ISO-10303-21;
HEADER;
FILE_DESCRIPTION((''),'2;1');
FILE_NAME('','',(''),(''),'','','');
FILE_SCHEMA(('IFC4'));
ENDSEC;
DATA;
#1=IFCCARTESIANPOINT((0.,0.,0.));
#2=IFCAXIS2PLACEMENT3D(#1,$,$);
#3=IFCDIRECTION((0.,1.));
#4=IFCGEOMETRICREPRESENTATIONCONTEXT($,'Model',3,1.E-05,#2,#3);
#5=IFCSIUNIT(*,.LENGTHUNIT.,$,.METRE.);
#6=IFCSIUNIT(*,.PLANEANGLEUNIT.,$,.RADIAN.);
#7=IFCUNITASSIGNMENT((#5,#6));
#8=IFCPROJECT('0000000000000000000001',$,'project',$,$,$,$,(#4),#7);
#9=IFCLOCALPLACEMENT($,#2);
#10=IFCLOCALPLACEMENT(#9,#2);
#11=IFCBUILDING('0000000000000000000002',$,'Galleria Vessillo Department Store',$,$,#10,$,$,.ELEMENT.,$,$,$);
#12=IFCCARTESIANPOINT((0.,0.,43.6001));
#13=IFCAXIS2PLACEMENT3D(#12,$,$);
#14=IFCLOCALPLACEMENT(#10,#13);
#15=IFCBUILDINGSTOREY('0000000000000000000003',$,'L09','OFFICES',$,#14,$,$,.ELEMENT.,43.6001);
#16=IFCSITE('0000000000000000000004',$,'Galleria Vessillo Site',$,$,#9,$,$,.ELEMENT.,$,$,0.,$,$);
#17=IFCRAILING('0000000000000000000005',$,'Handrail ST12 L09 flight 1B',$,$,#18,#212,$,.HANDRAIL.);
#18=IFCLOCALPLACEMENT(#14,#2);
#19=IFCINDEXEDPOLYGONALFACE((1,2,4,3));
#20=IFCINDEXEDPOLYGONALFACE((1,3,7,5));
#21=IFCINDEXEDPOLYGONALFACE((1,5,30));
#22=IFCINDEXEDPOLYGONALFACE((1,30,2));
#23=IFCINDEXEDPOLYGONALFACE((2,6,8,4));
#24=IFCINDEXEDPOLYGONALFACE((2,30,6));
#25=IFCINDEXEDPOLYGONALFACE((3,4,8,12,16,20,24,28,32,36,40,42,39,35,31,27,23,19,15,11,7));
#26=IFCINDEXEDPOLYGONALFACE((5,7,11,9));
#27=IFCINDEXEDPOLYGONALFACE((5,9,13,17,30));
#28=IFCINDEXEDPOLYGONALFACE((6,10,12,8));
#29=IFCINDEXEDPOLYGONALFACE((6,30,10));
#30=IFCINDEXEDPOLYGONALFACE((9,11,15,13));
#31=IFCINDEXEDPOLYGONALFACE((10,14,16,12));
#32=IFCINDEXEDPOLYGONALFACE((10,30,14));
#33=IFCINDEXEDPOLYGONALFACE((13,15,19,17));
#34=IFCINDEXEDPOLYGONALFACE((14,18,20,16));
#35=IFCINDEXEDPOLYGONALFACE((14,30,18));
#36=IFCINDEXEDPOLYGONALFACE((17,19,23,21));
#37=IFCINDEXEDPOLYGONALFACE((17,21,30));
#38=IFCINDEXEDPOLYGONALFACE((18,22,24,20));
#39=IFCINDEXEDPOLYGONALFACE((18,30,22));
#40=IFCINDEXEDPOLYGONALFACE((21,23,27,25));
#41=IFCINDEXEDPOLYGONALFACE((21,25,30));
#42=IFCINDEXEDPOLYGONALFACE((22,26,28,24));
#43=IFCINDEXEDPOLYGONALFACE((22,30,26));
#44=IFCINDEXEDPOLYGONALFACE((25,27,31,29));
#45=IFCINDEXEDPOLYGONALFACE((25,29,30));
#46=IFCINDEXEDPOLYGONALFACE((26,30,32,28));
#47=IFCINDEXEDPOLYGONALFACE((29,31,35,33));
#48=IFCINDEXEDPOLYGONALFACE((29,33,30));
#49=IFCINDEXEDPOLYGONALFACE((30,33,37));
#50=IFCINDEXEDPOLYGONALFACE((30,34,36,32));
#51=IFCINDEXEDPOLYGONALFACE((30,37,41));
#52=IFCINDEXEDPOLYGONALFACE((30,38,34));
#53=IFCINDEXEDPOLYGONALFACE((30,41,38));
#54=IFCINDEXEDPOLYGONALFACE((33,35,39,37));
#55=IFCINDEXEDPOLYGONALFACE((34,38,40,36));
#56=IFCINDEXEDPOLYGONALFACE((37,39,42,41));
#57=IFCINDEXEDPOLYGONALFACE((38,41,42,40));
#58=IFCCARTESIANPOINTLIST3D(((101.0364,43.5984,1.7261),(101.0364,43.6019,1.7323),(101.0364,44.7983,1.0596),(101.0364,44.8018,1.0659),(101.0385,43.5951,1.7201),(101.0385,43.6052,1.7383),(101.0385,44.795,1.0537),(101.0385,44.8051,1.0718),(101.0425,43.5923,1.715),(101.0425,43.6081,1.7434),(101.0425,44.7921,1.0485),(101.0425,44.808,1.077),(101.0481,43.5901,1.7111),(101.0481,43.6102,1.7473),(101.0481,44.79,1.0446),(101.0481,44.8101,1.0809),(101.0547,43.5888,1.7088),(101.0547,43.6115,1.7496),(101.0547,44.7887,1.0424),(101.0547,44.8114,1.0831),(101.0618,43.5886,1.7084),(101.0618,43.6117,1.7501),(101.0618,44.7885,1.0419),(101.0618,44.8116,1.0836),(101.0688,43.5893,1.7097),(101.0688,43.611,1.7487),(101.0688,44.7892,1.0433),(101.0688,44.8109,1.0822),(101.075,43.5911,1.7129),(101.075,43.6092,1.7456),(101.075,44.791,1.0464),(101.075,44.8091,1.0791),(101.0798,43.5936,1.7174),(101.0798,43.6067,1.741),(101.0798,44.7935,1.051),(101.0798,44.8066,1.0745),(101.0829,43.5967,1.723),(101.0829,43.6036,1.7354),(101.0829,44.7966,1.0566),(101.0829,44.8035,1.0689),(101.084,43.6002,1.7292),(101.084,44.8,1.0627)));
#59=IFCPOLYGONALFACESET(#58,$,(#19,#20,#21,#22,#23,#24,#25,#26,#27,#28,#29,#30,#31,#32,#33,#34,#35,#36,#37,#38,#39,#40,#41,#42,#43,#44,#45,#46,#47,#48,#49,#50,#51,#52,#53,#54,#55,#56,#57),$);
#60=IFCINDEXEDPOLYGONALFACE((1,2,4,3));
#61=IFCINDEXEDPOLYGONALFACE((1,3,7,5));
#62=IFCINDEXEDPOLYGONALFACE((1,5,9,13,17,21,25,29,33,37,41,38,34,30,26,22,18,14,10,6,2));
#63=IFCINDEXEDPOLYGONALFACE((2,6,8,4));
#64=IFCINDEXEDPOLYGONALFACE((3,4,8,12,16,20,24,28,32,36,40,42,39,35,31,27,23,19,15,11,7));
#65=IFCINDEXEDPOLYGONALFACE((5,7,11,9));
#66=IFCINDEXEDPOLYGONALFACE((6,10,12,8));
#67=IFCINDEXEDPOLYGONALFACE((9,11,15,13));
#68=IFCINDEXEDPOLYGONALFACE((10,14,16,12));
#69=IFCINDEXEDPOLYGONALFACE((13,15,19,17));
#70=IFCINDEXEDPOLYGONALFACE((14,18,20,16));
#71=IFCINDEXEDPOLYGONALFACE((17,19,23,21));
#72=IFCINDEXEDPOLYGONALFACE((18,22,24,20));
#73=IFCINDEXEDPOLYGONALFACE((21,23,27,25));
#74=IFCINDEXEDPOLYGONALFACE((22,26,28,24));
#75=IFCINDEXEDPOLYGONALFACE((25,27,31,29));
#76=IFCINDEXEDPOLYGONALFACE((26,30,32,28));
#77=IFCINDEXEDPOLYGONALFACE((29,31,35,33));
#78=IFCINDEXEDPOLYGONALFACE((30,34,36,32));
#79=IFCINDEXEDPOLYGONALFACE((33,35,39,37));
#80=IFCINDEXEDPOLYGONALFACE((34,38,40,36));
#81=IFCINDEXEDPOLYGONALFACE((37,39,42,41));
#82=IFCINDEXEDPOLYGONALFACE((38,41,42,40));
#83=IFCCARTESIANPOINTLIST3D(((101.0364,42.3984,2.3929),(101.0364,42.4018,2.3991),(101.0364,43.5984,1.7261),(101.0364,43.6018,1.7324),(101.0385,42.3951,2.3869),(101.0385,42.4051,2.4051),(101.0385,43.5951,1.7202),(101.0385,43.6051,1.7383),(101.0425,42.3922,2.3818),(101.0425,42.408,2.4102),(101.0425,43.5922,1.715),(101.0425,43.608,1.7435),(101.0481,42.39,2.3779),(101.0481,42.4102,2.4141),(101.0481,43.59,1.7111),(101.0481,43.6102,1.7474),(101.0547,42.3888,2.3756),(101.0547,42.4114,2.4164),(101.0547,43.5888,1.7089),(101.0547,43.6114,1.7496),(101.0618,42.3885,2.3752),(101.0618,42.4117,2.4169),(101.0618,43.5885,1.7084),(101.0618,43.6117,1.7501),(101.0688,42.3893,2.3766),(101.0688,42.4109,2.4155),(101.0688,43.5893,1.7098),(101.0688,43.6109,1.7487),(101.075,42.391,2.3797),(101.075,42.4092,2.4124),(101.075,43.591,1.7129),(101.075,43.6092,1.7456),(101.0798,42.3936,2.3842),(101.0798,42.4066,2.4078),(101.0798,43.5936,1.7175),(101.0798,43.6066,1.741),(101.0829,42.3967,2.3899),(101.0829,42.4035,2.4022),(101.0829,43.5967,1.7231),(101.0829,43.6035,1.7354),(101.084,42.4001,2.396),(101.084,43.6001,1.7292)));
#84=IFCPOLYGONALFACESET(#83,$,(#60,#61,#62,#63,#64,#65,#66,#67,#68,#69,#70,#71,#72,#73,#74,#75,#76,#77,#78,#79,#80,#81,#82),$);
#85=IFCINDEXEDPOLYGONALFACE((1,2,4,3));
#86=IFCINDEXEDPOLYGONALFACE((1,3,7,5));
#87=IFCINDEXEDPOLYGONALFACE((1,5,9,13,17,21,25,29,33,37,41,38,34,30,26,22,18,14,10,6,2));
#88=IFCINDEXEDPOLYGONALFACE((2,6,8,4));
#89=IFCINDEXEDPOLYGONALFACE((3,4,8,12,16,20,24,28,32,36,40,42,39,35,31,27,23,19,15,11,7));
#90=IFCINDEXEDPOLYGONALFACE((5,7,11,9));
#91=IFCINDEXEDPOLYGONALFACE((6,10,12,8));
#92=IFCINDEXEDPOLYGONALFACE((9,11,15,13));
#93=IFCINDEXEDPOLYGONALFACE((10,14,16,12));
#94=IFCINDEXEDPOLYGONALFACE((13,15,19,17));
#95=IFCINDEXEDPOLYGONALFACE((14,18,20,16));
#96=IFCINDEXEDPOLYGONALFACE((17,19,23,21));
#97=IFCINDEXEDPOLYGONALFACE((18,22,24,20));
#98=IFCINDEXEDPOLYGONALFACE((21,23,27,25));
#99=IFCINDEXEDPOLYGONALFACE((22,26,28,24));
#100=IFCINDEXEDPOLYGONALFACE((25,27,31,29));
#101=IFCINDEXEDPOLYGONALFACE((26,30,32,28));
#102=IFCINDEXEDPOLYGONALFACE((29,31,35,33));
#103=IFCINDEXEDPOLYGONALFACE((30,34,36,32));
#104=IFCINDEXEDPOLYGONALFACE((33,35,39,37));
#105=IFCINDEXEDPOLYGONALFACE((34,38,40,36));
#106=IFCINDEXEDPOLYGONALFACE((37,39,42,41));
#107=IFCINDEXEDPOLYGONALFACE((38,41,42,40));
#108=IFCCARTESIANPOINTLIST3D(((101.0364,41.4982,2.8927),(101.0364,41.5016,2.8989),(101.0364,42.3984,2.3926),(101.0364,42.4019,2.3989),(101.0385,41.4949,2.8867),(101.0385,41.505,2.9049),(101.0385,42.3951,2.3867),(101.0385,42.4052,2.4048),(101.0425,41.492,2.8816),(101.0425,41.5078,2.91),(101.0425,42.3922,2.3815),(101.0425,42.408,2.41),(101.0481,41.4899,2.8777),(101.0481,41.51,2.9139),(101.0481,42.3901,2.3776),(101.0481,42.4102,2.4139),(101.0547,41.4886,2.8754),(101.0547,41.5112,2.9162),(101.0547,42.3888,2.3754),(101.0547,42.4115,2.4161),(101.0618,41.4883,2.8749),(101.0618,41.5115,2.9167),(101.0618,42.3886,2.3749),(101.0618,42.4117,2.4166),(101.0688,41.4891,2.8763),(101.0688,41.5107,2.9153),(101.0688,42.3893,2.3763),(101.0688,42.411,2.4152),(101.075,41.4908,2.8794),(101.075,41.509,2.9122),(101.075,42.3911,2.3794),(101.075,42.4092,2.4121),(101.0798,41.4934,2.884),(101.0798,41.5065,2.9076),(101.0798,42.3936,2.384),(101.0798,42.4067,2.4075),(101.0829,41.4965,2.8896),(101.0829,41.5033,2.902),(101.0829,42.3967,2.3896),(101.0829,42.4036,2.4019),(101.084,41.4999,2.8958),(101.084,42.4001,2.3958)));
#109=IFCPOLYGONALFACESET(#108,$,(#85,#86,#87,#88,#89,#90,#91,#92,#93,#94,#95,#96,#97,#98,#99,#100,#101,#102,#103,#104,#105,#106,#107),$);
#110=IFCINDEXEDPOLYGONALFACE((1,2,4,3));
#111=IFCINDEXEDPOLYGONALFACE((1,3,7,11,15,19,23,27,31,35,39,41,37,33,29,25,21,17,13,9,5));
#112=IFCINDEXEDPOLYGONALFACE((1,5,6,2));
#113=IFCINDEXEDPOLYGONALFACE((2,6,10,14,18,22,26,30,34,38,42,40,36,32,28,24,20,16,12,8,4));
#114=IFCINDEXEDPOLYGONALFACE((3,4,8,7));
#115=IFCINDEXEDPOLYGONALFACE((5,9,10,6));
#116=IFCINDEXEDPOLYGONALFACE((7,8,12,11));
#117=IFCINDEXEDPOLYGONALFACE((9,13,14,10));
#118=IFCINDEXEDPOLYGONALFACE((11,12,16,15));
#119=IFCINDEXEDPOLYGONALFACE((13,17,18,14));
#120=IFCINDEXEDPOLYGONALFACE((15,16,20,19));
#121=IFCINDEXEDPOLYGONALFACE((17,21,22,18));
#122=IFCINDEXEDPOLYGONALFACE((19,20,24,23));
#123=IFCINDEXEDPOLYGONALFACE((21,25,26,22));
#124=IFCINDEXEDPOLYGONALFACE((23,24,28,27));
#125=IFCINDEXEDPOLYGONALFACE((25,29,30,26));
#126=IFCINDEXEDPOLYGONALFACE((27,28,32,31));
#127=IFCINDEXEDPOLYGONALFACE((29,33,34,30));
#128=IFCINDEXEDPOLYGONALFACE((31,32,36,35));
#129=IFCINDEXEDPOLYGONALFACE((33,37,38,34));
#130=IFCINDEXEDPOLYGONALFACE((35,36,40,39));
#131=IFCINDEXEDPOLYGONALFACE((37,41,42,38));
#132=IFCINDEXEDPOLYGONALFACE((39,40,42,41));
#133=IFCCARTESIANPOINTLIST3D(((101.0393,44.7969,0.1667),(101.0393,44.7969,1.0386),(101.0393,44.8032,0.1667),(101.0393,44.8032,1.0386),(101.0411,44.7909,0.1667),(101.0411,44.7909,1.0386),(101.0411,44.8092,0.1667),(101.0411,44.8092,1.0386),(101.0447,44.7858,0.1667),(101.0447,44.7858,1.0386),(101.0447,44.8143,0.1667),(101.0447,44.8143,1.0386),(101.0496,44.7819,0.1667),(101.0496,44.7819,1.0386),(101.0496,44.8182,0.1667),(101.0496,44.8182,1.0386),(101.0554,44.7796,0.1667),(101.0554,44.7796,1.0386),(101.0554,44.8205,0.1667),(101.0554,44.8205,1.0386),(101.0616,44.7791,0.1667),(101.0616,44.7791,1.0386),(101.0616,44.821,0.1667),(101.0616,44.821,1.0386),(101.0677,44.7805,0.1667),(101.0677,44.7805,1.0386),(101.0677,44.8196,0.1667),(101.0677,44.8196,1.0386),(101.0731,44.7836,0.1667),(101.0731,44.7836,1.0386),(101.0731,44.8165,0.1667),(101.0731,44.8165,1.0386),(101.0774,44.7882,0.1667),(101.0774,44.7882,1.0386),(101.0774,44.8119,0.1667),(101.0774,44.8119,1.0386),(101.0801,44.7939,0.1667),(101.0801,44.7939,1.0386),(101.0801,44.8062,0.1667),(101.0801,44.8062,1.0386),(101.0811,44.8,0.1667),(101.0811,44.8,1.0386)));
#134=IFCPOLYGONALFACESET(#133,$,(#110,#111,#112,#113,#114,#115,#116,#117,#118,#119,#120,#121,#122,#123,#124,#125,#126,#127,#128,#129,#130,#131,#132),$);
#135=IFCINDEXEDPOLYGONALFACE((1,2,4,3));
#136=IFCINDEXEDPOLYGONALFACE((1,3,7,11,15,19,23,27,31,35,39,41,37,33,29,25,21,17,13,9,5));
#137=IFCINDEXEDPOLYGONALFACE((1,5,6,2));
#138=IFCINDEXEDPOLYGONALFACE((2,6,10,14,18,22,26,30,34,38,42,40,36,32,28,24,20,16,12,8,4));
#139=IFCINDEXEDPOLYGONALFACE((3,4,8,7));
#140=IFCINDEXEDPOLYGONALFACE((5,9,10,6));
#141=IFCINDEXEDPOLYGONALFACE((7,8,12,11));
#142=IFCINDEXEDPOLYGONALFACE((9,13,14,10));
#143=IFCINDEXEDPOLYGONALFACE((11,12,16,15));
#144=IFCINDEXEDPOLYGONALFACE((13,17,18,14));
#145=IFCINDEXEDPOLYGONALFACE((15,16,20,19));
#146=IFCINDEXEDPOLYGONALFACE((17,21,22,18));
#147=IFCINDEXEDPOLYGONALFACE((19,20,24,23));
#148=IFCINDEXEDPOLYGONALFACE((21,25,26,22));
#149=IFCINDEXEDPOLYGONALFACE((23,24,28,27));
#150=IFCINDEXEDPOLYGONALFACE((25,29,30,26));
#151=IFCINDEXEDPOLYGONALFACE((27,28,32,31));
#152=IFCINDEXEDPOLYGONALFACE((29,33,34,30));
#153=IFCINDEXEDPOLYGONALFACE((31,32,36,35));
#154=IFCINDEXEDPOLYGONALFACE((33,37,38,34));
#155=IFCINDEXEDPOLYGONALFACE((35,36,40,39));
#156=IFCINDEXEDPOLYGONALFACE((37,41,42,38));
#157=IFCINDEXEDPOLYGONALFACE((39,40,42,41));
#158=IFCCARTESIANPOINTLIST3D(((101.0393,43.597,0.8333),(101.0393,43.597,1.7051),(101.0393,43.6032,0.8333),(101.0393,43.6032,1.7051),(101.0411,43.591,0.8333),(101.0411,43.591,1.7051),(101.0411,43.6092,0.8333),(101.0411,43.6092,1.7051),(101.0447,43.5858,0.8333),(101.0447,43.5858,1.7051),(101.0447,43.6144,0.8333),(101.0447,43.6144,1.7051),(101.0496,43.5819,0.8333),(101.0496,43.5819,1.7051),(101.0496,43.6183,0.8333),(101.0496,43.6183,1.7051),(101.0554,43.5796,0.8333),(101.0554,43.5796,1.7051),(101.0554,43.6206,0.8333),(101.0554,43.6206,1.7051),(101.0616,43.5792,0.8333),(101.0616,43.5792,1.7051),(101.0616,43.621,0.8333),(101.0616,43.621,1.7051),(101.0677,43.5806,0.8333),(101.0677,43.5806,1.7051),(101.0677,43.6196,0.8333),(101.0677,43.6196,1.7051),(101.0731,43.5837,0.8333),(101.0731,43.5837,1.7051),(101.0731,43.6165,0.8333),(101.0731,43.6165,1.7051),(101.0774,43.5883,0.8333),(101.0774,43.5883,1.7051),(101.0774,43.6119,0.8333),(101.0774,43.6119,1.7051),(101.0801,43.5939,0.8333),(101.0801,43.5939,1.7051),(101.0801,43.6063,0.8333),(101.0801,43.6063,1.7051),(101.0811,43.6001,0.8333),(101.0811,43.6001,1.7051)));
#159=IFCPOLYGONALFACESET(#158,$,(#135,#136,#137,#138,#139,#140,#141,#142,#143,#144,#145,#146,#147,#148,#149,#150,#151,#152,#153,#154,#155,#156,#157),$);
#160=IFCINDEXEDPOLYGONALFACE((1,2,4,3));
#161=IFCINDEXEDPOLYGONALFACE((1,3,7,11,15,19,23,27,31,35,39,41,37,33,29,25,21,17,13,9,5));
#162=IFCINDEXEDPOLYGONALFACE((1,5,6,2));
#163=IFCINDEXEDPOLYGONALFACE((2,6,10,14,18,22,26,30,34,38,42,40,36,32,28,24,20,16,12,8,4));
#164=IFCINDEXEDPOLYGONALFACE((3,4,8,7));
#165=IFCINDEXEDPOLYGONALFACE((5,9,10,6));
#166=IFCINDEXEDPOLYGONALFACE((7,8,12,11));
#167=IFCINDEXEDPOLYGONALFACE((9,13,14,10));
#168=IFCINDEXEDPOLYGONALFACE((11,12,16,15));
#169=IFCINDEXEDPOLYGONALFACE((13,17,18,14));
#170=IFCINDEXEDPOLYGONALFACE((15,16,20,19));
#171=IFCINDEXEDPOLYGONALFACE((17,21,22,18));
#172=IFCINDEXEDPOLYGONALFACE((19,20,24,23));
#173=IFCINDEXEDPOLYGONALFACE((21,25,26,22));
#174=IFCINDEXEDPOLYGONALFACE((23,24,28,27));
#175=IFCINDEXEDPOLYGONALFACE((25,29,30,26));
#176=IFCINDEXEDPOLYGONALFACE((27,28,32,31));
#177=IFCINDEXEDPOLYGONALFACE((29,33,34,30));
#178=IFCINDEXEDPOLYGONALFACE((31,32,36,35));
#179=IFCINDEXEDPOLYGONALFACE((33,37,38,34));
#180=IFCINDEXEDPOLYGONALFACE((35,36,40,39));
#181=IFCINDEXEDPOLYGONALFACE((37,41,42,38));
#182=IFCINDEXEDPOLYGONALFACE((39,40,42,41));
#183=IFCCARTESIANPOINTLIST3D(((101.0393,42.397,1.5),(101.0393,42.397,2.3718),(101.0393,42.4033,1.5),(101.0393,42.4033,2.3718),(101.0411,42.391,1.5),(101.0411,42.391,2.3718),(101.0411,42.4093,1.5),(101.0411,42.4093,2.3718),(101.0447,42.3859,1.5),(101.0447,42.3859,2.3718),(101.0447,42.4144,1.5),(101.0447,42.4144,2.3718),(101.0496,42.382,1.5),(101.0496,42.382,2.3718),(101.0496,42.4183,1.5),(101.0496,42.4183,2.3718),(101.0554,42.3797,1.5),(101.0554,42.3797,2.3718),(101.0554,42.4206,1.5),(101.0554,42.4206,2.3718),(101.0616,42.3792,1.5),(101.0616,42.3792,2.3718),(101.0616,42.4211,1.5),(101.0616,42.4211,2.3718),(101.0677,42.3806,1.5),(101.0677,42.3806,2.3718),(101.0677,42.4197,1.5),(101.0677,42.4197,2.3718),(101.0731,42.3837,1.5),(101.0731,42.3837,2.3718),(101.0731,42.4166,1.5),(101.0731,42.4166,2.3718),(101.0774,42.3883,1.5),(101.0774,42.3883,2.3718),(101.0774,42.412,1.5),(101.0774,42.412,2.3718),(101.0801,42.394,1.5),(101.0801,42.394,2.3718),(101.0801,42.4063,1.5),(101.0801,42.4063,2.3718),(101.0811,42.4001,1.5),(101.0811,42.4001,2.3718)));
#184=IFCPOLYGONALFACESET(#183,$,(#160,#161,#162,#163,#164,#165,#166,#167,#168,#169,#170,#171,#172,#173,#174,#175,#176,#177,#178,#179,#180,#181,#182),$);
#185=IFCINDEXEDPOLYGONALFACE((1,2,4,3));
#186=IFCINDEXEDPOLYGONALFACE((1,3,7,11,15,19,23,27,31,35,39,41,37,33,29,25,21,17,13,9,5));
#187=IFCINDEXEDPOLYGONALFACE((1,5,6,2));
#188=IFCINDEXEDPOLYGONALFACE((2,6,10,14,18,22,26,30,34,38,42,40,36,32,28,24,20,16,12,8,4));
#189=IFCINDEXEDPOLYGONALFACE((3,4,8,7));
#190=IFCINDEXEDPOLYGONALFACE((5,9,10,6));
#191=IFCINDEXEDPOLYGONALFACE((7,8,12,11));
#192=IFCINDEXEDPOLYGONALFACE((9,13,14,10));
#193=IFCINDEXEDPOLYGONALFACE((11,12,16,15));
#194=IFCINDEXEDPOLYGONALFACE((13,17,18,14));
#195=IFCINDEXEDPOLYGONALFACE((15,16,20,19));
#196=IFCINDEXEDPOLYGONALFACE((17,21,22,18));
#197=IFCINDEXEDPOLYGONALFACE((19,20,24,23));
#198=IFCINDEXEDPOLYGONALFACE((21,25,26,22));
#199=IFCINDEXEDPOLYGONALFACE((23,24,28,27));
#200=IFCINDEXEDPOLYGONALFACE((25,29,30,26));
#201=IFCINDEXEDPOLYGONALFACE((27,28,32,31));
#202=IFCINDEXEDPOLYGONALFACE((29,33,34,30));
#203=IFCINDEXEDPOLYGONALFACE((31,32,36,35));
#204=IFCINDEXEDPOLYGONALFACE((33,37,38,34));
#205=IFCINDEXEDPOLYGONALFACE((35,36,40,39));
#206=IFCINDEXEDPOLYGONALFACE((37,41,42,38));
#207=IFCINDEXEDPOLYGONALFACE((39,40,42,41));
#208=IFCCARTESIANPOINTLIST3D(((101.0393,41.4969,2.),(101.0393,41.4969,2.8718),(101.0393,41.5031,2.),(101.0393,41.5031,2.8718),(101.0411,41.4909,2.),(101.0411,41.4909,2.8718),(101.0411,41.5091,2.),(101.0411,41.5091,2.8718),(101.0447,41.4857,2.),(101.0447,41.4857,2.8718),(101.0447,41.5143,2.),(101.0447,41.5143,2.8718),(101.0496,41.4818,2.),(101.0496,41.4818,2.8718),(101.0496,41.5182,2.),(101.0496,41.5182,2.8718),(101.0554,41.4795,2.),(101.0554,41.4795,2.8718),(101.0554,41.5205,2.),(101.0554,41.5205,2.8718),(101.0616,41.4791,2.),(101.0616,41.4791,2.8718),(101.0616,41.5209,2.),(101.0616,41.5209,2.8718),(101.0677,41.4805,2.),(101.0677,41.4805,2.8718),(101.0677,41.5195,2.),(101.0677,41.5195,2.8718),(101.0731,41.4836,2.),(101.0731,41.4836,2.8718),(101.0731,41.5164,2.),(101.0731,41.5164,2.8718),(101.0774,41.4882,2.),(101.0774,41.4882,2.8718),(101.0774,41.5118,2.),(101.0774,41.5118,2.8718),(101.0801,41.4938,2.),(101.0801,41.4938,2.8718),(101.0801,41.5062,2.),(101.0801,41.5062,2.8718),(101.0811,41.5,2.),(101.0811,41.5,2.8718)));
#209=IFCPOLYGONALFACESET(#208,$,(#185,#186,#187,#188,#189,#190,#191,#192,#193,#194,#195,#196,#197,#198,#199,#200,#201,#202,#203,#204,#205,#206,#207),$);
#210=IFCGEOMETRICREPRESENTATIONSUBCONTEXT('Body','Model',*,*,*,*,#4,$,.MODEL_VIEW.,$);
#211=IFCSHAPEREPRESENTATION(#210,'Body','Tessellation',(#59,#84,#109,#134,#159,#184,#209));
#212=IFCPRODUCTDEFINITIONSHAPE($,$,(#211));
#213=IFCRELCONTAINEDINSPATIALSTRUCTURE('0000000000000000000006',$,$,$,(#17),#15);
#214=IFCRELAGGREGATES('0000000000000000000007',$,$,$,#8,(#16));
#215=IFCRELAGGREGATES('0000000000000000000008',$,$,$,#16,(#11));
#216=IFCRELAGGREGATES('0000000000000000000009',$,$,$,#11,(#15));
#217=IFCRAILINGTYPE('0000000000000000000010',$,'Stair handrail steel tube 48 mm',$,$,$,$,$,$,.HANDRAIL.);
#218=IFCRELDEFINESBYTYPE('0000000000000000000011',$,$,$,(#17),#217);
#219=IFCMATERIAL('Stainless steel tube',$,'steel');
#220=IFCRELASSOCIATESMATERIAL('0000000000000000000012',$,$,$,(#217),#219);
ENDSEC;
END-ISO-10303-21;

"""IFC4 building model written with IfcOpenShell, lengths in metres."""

from ifc_helpers import new_model, si_unit, direction, frame, origin, origin_2d, place, context, subcontext, project, spatial, circle, extrude, material, type_object, element, save


model = new_model("IFC4")

# Units and contexts
model_context = context("Model", 3, precision=1e-05, world=origin(), true_north=direction((0.0, 1.0)))
body_context = subcontext(model_context, "Body", "Model", "MODEL_VIEW")
ifc_project = project(units=[si_unit("LENGTHUNIT", "METRE"), si_unit("PLANEANGLEUNIT", "RADIAN")], contexts=[model_context])

# Site, building, storey
site_placement = place(None, origin())
site = spatial("IfcSite", under=ifc_project, at=site_placement, Name="Galleria Vessillo Site", CompositionType="ELEMENT", RefElevation=0.0)
building_placement = place(site_placement, origin())
building = spatial("IfcBuilding", under=site, at=building_placement, Name="Galleria Vessillo Department Store", CompositionType="ELEMENT")
storey_placement = place(building_placement, frame((0.0, 0.0, 43.6001)))
storey = spatial("IfcBuildingStorey", under=building, at=storey_placement, Name="L09", Description="OFFICES", CompositionType="ELEMENT", Elevation=43.6001)

# Railing
ifc_material_1 = material(Name="Stainless steel tube", Category="steel")
railing_type = type_object("IfcRailingType", Name="Stair handrail steel tube 48 mm", PredefinedType="HANDRAIL", material=ifc_material_1)
for number, where, name in (
    (1, (101.0601, 44.8, 0.1667), "Handrail ST12 L09 flight 1B"),
):
    element("IfcRailing", number, at=place(storey_placement, frame(where)), inside=storey, type_object=railing_type, Name=name, PredefinedType="HANDRAIL", context=body_context, shape_type="SweptSolid", body=[
        extrude(circle(Radius=0.0239, at=origin_2d()), frame((0.0, 0.0, 0.896), z_axis=(0.0, -0.874199, 0.485567), x_axis=(1.0, 0.0, 0.0)), (0.0, 0.0, 1.0), 1.3726),
        extrude(circle(Radius=0.0239, at=origin_2d()), frame((0.0, -1.2, 1.5625), z_axis=(0.0, -0.874124, 0.485703), x_axis=(1.0, 0.0, 0.0)), (0.0, 0.0, 1.0), 1.3728),
        extrude(circle(Radius=0.0239, at=origin_2d()), frame((0.0, -2.3999, 2.229), z_axis=(0.0, -0.874191, 0.485583), x_axis=(1.0, 0.0, 0.0)), (0.0, 0.0, 1.0), 1.0298),
        extrude(circle(Radius=0.021, at=origin_2d()), origin(), (0.0, 0.0, 1.0), 0.8718),
        extrude(circle(Radius=0.021, at=origin_2d()), frame((0.0, -1.2, 0.6665)), (0.0, 0.0, 1.0), 0.8718),
        extrude(circle(Radius=0.021, at=origin_2d()), frame((0.0, -2.3999, 1.3333)), (0.0, 0.0, 1.0), 0.8718),
        extrude(circle(Radius=0.021, at=origin_2d()), frame((0.0, -3.3, 1.8333)), (0.0, 0.0, 1.0), 0.8718),
    ])

save(model, "model.ifc")
